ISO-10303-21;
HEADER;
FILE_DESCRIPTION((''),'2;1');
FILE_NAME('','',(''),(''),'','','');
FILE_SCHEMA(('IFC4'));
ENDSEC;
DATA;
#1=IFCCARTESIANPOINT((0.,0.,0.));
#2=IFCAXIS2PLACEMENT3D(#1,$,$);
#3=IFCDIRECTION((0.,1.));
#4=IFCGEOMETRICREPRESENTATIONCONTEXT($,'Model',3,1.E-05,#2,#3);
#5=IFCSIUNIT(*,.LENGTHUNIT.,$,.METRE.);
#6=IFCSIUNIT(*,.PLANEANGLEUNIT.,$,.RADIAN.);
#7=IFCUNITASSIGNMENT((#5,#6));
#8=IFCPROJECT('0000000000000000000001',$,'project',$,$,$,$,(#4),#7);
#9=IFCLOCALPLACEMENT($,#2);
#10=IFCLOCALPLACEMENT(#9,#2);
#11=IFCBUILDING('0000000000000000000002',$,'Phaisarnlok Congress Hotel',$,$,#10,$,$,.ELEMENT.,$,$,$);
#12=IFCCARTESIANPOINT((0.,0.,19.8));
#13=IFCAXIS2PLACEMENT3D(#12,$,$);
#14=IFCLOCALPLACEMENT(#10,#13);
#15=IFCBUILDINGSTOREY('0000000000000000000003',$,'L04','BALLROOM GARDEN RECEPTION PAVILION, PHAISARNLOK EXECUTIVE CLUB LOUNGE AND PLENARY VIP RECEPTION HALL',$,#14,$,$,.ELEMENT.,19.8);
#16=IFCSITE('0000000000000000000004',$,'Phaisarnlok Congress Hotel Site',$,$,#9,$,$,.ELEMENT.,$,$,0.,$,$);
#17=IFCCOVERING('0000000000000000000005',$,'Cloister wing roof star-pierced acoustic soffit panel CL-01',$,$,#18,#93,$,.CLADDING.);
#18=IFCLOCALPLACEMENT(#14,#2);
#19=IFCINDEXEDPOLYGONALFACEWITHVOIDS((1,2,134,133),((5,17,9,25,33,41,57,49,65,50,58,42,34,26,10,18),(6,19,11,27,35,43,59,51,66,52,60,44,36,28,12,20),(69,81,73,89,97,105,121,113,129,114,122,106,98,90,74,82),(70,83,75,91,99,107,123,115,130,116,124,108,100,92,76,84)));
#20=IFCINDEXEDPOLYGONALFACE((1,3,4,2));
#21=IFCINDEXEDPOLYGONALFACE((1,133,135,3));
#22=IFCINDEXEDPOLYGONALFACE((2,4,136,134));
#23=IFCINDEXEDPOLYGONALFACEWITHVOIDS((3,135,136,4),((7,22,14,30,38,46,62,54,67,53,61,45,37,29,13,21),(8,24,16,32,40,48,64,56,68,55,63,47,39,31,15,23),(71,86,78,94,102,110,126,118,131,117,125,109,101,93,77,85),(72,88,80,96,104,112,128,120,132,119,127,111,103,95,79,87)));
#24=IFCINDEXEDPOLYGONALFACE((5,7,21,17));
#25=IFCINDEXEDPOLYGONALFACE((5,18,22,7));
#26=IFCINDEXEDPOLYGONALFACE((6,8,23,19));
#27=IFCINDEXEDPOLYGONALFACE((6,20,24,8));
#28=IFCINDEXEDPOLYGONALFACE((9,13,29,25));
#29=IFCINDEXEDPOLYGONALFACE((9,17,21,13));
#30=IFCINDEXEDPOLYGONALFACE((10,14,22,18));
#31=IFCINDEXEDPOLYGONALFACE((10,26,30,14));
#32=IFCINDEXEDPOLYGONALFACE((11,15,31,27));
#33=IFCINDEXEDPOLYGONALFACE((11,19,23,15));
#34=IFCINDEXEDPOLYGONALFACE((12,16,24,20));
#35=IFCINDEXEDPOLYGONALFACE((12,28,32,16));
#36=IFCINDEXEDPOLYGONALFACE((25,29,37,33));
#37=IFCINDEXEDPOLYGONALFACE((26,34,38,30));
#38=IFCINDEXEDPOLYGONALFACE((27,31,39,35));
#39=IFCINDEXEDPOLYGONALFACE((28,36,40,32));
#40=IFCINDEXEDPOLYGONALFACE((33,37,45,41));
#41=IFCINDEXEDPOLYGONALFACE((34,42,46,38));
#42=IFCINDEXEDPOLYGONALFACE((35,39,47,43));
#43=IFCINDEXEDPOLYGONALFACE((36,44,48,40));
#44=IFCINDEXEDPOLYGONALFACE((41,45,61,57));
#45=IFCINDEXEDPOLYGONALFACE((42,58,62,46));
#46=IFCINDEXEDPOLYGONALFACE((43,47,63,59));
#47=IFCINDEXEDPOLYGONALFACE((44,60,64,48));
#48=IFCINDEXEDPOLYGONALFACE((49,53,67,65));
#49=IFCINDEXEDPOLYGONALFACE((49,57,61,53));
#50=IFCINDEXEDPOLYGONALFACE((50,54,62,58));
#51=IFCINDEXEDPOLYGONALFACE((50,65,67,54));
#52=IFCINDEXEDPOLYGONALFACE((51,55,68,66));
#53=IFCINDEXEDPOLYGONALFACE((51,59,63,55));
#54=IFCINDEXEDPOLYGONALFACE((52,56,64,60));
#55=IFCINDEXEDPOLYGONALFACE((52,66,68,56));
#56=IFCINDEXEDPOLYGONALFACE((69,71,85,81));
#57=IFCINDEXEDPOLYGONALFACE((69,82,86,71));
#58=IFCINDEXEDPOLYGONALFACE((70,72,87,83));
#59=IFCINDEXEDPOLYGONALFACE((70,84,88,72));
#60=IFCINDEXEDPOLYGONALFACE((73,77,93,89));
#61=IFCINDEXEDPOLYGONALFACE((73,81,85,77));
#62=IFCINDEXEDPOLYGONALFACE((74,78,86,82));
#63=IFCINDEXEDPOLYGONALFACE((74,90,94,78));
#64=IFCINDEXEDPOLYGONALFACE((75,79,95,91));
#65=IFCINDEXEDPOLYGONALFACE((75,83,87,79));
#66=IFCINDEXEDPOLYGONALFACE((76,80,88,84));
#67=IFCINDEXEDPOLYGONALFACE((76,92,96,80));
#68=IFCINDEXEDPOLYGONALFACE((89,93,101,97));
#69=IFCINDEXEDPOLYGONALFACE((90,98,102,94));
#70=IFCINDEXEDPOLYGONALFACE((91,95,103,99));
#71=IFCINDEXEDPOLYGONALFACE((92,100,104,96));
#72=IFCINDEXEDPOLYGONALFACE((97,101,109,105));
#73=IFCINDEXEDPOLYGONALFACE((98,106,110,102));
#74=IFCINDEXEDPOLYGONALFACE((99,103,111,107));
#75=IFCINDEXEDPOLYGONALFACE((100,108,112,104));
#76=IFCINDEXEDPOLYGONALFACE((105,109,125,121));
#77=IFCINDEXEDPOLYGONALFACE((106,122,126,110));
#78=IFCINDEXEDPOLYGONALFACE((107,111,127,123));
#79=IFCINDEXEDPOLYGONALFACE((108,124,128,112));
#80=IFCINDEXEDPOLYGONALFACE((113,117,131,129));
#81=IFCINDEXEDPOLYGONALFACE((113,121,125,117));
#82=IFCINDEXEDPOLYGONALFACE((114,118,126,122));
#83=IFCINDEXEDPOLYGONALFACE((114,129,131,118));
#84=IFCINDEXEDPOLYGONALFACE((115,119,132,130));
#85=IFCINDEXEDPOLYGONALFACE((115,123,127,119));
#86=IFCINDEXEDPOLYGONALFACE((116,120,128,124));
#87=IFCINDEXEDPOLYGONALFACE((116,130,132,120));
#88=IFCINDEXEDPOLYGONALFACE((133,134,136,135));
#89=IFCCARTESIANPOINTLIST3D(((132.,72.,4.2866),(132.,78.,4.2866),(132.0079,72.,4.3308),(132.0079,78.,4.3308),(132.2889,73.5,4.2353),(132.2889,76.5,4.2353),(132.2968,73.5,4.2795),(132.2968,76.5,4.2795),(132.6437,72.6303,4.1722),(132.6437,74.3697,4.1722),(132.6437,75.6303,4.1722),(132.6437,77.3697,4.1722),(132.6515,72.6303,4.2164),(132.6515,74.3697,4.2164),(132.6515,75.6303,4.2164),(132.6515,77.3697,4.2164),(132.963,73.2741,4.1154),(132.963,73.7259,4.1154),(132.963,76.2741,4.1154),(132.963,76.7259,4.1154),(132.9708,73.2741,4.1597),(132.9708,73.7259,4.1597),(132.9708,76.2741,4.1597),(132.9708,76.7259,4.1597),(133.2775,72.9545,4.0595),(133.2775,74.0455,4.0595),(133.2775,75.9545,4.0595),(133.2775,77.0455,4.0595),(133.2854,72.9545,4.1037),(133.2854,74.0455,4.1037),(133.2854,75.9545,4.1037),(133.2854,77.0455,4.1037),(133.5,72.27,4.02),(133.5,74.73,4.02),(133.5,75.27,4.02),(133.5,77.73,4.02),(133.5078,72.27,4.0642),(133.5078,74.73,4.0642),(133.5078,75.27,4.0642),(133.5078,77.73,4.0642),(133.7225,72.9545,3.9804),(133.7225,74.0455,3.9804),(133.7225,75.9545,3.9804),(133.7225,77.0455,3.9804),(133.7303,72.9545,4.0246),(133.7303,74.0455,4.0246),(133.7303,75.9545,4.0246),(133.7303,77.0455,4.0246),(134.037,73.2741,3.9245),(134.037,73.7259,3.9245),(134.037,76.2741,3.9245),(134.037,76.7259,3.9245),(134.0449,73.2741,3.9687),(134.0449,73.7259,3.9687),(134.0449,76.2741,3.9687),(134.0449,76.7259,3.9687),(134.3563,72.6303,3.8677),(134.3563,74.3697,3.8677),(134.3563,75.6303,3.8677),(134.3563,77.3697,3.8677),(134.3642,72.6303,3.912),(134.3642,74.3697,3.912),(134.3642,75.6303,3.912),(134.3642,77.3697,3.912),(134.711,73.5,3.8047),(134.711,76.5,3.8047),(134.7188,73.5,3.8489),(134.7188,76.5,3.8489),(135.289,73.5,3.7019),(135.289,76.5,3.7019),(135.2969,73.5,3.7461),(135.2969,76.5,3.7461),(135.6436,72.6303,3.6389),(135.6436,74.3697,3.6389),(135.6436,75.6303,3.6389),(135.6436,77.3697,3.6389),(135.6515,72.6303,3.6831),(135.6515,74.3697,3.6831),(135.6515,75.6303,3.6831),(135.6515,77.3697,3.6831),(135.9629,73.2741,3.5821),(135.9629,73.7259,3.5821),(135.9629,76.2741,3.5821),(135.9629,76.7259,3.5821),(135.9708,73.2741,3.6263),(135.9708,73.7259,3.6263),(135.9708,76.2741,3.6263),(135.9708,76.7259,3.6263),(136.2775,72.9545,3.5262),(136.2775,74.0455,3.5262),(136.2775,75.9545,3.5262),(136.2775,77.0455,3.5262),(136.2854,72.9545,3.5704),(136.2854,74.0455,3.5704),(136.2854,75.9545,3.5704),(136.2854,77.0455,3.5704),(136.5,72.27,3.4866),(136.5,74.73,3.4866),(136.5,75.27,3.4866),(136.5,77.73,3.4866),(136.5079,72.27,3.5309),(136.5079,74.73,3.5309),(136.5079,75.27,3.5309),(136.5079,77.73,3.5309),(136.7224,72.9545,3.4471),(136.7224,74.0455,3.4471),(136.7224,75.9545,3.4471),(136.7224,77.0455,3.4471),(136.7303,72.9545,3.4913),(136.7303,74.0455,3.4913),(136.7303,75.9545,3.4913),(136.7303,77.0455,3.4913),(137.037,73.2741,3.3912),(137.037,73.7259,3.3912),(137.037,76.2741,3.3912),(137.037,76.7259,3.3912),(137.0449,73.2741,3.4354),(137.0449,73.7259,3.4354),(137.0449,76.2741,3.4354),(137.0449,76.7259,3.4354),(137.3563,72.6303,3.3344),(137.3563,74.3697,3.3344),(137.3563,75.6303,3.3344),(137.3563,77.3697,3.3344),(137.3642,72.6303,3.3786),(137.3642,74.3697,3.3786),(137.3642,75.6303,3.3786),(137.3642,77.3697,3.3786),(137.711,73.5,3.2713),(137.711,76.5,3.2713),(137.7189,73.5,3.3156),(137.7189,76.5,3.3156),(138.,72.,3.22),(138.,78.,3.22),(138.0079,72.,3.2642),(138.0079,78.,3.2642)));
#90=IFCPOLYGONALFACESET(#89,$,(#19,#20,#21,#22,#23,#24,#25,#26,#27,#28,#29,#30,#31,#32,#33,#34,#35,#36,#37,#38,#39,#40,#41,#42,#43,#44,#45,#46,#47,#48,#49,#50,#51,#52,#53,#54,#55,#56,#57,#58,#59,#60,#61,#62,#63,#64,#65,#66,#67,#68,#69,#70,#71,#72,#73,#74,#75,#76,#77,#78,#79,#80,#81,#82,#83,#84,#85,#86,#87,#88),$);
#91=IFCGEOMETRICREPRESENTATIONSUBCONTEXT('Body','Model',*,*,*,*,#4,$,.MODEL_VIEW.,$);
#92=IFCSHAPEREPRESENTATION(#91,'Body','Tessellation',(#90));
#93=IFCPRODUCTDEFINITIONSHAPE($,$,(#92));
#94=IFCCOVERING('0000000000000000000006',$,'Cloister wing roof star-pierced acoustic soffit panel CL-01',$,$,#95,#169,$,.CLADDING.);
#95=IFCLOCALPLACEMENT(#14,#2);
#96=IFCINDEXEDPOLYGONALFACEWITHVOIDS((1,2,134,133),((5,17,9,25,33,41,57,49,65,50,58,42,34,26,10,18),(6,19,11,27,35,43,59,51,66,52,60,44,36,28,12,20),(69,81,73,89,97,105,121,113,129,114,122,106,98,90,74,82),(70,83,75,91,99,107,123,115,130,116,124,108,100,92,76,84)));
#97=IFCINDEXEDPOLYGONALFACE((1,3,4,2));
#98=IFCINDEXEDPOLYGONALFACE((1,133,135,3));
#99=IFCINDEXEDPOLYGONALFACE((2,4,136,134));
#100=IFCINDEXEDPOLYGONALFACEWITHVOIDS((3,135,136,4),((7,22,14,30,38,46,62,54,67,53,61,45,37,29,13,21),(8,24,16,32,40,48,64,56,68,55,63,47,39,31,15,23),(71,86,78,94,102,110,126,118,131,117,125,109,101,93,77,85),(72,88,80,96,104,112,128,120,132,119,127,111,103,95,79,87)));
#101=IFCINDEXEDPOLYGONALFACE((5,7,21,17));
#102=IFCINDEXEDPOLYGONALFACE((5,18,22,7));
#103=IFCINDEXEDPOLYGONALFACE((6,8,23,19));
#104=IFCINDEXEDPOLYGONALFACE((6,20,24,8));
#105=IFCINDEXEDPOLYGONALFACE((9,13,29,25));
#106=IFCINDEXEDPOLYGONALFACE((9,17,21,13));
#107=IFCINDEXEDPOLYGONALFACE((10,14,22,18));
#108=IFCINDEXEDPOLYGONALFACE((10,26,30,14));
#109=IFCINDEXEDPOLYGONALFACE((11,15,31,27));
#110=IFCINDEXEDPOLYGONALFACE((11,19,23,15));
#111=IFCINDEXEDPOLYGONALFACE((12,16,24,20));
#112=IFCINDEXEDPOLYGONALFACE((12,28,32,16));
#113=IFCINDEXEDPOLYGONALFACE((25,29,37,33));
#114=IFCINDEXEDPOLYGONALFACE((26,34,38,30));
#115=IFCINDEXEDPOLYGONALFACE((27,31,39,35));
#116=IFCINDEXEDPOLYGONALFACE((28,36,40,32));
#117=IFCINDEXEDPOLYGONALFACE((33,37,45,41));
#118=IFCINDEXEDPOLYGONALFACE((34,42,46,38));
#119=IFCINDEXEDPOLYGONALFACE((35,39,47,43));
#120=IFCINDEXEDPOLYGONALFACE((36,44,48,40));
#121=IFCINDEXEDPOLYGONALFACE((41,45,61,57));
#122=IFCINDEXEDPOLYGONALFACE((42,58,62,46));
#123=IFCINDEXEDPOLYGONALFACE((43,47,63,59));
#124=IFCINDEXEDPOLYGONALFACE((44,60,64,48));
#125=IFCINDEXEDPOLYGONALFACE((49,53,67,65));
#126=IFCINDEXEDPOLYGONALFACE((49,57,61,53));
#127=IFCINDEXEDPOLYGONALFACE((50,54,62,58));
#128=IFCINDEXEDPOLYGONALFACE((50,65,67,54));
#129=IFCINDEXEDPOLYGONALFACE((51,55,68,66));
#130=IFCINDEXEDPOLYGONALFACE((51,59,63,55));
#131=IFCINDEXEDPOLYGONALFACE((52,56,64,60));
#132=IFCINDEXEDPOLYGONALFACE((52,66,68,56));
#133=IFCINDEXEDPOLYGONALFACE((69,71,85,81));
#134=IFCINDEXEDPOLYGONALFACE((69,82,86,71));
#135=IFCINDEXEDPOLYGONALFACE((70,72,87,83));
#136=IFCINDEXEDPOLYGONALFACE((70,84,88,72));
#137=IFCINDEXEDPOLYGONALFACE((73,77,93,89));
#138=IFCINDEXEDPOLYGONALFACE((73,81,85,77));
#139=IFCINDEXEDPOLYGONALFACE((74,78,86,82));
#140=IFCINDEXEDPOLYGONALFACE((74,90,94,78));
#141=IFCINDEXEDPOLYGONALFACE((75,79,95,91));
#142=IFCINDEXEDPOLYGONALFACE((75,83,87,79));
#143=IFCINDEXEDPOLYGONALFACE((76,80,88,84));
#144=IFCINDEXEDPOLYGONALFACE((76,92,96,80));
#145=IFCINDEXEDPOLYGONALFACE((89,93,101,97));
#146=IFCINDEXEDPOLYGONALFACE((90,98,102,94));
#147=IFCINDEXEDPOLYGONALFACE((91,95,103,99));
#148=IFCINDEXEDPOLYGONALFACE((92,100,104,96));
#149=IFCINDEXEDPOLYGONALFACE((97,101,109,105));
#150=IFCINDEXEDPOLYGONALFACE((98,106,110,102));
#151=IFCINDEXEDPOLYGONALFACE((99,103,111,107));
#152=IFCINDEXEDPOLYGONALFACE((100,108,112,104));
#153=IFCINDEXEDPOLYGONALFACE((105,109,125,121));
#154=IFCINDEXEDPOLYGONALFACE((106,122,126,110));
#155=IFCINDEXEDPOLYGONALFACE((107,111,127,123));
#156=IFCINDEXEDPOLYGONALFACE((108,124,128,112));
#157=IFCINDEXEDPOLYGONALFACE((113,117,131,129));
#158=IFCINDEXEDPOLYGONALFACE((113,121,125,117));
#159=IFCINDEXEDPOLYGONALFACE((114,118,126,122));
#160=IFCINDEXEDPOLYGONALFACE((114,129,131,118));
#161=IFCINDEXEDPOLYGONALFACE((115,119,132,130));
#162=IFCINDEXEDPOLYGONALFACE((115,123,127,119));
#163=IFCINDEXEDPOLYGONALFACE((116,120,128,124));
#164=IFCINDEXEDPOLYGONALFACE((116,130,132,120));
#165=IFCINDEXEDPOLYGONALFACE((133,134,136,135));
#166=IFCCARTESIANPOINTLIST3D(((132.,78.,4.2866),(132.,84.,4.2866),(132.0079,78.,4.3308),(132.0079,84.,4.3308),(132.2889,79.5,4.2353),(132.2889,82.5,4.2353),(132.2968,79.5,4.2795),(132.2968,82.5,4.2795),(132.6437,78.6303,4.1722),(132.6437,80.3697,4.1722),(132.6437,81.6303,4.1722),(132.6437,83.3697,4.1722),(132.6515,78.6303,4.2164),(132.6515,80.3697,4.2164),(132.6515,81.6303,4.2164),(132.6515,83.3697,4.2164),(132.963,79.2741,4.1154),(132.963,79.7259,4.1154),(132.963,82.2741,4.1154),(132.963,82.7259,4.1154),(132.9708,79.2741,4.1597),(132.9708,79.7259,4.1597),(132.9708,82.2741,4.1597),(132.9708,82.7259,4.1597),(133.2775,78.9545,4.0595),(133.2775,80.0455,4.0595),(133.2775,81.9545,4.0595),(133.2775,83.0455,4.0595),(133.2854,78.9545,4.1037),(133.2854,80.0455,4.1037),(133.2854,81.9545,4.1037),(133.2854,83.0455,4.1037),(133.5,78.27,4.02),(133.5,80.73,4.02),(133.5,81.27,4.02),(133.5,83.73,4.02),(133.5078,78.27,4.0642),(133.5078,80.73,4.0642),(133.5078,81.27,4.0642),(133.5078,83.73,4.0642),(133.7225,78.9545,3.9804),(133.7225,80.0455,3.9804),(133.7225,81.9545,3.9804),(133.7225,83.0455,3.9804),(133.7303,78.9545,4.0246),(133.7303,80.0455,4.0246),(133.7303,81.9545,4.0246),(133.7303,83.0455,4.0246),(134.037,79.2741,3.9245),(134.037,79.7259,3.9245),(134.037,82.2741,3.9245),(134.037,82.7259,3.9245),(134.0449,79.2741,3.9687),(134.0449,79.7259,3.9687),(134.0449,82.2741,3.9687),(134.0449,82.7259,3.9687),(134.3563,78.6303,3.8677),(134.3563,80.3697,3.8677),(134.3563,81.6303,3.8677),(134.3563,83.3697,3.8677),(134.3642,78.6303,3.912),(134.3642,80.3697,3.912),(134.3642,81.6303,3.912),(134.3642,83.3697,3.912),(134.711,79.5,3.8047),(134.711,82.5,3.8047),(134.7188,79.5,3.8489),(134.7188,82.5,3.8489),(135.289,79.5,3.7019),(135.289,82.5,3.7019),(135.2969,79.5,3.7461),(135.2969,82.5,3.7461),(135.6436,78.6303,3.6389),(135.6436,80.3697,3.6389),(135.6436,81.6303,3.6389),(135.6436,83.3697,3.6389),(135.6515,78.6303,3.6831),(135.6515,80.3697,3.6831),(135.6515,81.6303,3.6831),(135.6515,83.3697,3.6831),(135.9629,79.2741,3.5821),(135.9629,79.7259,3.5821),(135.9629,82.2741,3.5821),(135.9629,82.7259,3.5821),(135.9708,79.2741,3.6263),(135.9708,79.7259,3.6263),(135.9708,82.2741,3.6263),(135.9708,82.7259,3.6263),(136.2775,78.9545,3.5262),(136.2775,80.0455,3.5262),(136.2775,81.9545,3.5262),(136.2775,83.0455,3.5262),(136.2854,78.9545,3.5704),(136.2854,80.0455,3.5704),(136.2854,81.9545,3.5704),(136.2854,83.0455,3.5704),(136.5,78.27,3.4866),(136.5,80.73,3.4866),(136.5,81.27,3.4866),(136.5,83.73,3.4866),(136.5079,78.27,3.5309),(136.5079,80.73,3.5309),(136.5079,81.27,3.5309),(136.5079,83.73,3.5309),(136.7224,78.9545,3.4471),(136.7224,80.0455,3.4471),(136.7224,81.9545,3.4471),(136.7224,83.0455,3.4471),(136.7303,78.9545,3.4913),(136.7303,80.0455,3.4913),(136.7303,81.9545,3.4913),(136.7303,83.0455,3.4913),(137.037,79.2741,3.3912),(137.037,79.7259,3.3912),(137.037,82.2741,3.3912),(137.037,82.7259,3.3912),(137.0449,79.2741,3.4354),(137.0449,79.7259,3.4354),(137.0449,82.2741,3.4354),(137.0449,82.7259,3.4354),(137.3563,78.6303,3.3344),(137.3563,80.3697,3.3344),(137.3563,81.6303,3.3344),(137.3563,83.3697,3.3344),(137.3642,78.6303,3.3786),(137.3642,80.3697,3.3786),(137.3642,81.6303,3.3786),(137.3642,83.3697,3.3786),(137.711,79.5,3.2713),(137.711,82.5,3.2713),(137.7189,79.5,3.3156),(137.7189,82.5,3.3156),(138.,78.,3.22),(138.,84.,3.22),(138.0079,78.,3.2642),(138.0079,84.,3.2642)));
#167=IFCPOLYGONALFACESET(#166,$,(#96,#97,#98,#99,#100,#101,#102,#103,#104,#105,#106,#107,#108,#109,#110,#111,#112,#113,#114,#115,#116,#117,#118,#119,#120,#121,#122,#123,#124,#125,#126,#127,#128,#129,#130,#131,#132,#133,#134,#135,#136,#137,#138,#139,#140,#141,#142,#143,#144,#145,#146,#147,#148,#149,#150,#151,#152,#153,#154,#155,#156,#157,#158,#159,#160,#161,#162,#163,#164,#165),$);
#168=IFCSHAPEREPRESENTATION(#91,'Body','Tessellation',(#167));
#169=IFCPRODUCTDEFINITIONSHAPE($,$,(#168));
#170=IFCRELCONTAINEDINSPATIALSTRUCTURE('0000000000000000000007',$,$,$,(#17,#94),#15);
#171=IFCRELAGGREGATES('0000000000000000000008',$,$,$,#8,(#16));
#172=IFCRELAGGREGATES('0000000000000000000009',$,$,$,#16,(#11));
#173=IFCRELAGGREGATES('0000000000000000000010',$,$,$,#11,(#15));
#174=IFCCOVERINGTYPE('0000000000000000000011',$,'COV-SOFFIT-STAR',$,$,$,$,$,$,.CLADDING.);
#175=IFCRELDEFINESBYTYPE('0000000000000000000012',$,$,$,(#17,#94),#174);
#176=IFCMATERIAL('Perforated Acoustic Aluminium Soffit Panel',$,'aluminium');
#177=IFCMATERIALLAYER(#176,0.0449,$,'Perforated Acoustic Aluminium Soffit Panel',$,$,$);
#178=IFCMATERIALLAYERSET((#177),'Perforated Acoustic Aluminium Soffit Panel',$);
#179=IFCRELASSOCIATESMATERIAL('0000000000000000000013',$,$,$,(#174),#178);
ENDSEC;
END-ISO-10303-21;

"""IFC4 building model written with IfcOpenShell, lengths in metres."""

from ifc_helpers import new_model, si_unit, direction, frame, origin, place, context, subcontext, project, spatial, polyline, outline, extrude, material, layer, layer_set, type_object, element, save


model = new_model("IFC4")

# Units and contexts
model_context = context("Model", 3, precision=1e-05, world=origin(), true_north=direction((0.0, 1.0)))
body_context = subcontext(model_context, "Body", "Model", "MODEL_VIEW")
ifc_project = project(units=[si_unit("LENGTHUNIT", "METRE"), si_unit("PLANEANGLEUNIT", "RADIAN")], contexts=[model_context])

# Site, building, storey
site_placement = place(None, origin())
site = spatial("IfcSite", under=ifc_project, at=site_placement, Name="Phaisarnlok Congress Hotel Site", CompositionType="ELEMENT", RefElevation=0.0)
building_placement = place(site_placement, origin())
building = spatial("IfcBuilding", under=site, at=building_placement, Name="Phaisarnlok Congress Hotel", CompositionType="ELEMENT")
storey_placement = place(building_placement, frame((0.0, 0.0, 19.8)))
storey = spatial("IfcBuildingStorey", under=building, at=storey_placement, Name="L04", Description="BALLROOM GARDEN RECEPTION PAVILION, PHAISARNLOK EXECUTIVE CLUB LOUNGE AND PLENARY VIP RECEPTION HALL", CompositionType="ELEMENT", Elevation=19.8)

# Coverings
ifc_material_1 = material(Name="Perforated Acoustic Aluminium Soffit Panel", Category="aluminium")
ifc_layer_1 = layer(ifc_material_1, 0.0449, Name="Perforated Acoustic Aluminium Soffit Panel")
ifc_layer_set_1 = layer_set([ifc_layer_1], Name="Perforated Acoustic Aluminium Soffit Panel")
covering_type = type_object("IfcCoveringType", Name="COV-SOFFIT-STAR", PredefinedType="CLADDING", material=ifc_layer_set_1)
for number, where, z_axis, x_axis, name in (
    (1, (138.0, 72.0, 3.22), (0.175031, 0.0, 0.984563), (0.0, 1.0, 0.0), "Cloister wing roof star-pierced acoustic soffit panel CL-01"),
    (2, (138.0, 78.0, 3.22), (0.175031, 0.0, 0.984563), (0.0, 1.0, 0.0), "Cloister wing roof star-pierced acoustic soffit panel CL-01"),
):
    element("IfcCovering", number, at=place(storey_placement, frame(where, z_axis=z_axis, x_axis=x_axis)), inside=storey, type_object=covering_type, Name=name, PredefinedType="CLADDING", context=body_context, shape_type="SweptSolid", body=[
        extrude(outline(polyline([(0.0, 0.0), (6.0, 0.0), (6.0, 6.0941), (0.0, 6.0941), (0.0, 0.0)]), holes=[polyline([(2.0455, 1.2976), (2.3697, 0.6538), (1.7259, 0.9781), (1.5, 0.2935), (1.2741, 0.9781), (0.6303, 0.6538), (0.9545, 1.2976), (0.27, 1.5235), (0.9545, 1.7495), (0.6303, 2.3933), (1.2741, 2.069), (1.5, 2.7535), (1.7259, 2.069), (2.3697, 2.3933), (2.0455, 1.7495), (2.73, 1.5235), (2.0455, 1.2976)]), polyline([(2.0455, 4.3446), (2.3697, 3.7008), (1.7259, 4.0251), (1.5, 3.3406), (1.2741, 4.0251), (0.6303, 3.7008), (0.9545, 4.3446), (0.27, 4.5706), (0.9545, 4.7965), (0.6303, 5.4403), (1.2741, 5.116), (1.5, 5.8006), (1.7259, 5.116), (2.3697, 5.4403), (2.0455, 4.7965), (2.73, 4.5706), (2.0455, 4.3446)]), polyline([(5.0455, 1.2976), (5.3697, 0.6538), (4.7259, 0.9781), (4.5, 0.2935), (4.2741, 0.9781), (3.6303, 0.6538), (3.9545, 1.2976), (3.27, 1.5235), (3.9545, 1.7495), (3.6303, 2.3933), (4.2741, 2.069), (4.5, 2.7535), (4.7259, 2.069), (5.3697, 2.3933), (5.0455, 1.7495), (5.73, 1.5235), (5.0455, 1.2976)]), polyline([(5.0455, 4.3446), (5.3697, 3.7008), (4.7259, 4.0251), (4.5, 3.3406), (4.2741, 4.0251), (3.6303, 3.7008), (3.9545, 4.3446), (3.27, 4.5706), (3.9545, 4.7965), (3.6303, 5.4403), (4.2741, 5.116), (4.5, 5.8006), (4.7259, 5.116), (5.3697, 5.4403), (5.0455, 4.7965), (5.73, 4.5706), (5.0455, 4.3446)])]), origin(), (0.0, 0.0, 1.0), 0.0449),
    ])

save(model, "model.ifc")
